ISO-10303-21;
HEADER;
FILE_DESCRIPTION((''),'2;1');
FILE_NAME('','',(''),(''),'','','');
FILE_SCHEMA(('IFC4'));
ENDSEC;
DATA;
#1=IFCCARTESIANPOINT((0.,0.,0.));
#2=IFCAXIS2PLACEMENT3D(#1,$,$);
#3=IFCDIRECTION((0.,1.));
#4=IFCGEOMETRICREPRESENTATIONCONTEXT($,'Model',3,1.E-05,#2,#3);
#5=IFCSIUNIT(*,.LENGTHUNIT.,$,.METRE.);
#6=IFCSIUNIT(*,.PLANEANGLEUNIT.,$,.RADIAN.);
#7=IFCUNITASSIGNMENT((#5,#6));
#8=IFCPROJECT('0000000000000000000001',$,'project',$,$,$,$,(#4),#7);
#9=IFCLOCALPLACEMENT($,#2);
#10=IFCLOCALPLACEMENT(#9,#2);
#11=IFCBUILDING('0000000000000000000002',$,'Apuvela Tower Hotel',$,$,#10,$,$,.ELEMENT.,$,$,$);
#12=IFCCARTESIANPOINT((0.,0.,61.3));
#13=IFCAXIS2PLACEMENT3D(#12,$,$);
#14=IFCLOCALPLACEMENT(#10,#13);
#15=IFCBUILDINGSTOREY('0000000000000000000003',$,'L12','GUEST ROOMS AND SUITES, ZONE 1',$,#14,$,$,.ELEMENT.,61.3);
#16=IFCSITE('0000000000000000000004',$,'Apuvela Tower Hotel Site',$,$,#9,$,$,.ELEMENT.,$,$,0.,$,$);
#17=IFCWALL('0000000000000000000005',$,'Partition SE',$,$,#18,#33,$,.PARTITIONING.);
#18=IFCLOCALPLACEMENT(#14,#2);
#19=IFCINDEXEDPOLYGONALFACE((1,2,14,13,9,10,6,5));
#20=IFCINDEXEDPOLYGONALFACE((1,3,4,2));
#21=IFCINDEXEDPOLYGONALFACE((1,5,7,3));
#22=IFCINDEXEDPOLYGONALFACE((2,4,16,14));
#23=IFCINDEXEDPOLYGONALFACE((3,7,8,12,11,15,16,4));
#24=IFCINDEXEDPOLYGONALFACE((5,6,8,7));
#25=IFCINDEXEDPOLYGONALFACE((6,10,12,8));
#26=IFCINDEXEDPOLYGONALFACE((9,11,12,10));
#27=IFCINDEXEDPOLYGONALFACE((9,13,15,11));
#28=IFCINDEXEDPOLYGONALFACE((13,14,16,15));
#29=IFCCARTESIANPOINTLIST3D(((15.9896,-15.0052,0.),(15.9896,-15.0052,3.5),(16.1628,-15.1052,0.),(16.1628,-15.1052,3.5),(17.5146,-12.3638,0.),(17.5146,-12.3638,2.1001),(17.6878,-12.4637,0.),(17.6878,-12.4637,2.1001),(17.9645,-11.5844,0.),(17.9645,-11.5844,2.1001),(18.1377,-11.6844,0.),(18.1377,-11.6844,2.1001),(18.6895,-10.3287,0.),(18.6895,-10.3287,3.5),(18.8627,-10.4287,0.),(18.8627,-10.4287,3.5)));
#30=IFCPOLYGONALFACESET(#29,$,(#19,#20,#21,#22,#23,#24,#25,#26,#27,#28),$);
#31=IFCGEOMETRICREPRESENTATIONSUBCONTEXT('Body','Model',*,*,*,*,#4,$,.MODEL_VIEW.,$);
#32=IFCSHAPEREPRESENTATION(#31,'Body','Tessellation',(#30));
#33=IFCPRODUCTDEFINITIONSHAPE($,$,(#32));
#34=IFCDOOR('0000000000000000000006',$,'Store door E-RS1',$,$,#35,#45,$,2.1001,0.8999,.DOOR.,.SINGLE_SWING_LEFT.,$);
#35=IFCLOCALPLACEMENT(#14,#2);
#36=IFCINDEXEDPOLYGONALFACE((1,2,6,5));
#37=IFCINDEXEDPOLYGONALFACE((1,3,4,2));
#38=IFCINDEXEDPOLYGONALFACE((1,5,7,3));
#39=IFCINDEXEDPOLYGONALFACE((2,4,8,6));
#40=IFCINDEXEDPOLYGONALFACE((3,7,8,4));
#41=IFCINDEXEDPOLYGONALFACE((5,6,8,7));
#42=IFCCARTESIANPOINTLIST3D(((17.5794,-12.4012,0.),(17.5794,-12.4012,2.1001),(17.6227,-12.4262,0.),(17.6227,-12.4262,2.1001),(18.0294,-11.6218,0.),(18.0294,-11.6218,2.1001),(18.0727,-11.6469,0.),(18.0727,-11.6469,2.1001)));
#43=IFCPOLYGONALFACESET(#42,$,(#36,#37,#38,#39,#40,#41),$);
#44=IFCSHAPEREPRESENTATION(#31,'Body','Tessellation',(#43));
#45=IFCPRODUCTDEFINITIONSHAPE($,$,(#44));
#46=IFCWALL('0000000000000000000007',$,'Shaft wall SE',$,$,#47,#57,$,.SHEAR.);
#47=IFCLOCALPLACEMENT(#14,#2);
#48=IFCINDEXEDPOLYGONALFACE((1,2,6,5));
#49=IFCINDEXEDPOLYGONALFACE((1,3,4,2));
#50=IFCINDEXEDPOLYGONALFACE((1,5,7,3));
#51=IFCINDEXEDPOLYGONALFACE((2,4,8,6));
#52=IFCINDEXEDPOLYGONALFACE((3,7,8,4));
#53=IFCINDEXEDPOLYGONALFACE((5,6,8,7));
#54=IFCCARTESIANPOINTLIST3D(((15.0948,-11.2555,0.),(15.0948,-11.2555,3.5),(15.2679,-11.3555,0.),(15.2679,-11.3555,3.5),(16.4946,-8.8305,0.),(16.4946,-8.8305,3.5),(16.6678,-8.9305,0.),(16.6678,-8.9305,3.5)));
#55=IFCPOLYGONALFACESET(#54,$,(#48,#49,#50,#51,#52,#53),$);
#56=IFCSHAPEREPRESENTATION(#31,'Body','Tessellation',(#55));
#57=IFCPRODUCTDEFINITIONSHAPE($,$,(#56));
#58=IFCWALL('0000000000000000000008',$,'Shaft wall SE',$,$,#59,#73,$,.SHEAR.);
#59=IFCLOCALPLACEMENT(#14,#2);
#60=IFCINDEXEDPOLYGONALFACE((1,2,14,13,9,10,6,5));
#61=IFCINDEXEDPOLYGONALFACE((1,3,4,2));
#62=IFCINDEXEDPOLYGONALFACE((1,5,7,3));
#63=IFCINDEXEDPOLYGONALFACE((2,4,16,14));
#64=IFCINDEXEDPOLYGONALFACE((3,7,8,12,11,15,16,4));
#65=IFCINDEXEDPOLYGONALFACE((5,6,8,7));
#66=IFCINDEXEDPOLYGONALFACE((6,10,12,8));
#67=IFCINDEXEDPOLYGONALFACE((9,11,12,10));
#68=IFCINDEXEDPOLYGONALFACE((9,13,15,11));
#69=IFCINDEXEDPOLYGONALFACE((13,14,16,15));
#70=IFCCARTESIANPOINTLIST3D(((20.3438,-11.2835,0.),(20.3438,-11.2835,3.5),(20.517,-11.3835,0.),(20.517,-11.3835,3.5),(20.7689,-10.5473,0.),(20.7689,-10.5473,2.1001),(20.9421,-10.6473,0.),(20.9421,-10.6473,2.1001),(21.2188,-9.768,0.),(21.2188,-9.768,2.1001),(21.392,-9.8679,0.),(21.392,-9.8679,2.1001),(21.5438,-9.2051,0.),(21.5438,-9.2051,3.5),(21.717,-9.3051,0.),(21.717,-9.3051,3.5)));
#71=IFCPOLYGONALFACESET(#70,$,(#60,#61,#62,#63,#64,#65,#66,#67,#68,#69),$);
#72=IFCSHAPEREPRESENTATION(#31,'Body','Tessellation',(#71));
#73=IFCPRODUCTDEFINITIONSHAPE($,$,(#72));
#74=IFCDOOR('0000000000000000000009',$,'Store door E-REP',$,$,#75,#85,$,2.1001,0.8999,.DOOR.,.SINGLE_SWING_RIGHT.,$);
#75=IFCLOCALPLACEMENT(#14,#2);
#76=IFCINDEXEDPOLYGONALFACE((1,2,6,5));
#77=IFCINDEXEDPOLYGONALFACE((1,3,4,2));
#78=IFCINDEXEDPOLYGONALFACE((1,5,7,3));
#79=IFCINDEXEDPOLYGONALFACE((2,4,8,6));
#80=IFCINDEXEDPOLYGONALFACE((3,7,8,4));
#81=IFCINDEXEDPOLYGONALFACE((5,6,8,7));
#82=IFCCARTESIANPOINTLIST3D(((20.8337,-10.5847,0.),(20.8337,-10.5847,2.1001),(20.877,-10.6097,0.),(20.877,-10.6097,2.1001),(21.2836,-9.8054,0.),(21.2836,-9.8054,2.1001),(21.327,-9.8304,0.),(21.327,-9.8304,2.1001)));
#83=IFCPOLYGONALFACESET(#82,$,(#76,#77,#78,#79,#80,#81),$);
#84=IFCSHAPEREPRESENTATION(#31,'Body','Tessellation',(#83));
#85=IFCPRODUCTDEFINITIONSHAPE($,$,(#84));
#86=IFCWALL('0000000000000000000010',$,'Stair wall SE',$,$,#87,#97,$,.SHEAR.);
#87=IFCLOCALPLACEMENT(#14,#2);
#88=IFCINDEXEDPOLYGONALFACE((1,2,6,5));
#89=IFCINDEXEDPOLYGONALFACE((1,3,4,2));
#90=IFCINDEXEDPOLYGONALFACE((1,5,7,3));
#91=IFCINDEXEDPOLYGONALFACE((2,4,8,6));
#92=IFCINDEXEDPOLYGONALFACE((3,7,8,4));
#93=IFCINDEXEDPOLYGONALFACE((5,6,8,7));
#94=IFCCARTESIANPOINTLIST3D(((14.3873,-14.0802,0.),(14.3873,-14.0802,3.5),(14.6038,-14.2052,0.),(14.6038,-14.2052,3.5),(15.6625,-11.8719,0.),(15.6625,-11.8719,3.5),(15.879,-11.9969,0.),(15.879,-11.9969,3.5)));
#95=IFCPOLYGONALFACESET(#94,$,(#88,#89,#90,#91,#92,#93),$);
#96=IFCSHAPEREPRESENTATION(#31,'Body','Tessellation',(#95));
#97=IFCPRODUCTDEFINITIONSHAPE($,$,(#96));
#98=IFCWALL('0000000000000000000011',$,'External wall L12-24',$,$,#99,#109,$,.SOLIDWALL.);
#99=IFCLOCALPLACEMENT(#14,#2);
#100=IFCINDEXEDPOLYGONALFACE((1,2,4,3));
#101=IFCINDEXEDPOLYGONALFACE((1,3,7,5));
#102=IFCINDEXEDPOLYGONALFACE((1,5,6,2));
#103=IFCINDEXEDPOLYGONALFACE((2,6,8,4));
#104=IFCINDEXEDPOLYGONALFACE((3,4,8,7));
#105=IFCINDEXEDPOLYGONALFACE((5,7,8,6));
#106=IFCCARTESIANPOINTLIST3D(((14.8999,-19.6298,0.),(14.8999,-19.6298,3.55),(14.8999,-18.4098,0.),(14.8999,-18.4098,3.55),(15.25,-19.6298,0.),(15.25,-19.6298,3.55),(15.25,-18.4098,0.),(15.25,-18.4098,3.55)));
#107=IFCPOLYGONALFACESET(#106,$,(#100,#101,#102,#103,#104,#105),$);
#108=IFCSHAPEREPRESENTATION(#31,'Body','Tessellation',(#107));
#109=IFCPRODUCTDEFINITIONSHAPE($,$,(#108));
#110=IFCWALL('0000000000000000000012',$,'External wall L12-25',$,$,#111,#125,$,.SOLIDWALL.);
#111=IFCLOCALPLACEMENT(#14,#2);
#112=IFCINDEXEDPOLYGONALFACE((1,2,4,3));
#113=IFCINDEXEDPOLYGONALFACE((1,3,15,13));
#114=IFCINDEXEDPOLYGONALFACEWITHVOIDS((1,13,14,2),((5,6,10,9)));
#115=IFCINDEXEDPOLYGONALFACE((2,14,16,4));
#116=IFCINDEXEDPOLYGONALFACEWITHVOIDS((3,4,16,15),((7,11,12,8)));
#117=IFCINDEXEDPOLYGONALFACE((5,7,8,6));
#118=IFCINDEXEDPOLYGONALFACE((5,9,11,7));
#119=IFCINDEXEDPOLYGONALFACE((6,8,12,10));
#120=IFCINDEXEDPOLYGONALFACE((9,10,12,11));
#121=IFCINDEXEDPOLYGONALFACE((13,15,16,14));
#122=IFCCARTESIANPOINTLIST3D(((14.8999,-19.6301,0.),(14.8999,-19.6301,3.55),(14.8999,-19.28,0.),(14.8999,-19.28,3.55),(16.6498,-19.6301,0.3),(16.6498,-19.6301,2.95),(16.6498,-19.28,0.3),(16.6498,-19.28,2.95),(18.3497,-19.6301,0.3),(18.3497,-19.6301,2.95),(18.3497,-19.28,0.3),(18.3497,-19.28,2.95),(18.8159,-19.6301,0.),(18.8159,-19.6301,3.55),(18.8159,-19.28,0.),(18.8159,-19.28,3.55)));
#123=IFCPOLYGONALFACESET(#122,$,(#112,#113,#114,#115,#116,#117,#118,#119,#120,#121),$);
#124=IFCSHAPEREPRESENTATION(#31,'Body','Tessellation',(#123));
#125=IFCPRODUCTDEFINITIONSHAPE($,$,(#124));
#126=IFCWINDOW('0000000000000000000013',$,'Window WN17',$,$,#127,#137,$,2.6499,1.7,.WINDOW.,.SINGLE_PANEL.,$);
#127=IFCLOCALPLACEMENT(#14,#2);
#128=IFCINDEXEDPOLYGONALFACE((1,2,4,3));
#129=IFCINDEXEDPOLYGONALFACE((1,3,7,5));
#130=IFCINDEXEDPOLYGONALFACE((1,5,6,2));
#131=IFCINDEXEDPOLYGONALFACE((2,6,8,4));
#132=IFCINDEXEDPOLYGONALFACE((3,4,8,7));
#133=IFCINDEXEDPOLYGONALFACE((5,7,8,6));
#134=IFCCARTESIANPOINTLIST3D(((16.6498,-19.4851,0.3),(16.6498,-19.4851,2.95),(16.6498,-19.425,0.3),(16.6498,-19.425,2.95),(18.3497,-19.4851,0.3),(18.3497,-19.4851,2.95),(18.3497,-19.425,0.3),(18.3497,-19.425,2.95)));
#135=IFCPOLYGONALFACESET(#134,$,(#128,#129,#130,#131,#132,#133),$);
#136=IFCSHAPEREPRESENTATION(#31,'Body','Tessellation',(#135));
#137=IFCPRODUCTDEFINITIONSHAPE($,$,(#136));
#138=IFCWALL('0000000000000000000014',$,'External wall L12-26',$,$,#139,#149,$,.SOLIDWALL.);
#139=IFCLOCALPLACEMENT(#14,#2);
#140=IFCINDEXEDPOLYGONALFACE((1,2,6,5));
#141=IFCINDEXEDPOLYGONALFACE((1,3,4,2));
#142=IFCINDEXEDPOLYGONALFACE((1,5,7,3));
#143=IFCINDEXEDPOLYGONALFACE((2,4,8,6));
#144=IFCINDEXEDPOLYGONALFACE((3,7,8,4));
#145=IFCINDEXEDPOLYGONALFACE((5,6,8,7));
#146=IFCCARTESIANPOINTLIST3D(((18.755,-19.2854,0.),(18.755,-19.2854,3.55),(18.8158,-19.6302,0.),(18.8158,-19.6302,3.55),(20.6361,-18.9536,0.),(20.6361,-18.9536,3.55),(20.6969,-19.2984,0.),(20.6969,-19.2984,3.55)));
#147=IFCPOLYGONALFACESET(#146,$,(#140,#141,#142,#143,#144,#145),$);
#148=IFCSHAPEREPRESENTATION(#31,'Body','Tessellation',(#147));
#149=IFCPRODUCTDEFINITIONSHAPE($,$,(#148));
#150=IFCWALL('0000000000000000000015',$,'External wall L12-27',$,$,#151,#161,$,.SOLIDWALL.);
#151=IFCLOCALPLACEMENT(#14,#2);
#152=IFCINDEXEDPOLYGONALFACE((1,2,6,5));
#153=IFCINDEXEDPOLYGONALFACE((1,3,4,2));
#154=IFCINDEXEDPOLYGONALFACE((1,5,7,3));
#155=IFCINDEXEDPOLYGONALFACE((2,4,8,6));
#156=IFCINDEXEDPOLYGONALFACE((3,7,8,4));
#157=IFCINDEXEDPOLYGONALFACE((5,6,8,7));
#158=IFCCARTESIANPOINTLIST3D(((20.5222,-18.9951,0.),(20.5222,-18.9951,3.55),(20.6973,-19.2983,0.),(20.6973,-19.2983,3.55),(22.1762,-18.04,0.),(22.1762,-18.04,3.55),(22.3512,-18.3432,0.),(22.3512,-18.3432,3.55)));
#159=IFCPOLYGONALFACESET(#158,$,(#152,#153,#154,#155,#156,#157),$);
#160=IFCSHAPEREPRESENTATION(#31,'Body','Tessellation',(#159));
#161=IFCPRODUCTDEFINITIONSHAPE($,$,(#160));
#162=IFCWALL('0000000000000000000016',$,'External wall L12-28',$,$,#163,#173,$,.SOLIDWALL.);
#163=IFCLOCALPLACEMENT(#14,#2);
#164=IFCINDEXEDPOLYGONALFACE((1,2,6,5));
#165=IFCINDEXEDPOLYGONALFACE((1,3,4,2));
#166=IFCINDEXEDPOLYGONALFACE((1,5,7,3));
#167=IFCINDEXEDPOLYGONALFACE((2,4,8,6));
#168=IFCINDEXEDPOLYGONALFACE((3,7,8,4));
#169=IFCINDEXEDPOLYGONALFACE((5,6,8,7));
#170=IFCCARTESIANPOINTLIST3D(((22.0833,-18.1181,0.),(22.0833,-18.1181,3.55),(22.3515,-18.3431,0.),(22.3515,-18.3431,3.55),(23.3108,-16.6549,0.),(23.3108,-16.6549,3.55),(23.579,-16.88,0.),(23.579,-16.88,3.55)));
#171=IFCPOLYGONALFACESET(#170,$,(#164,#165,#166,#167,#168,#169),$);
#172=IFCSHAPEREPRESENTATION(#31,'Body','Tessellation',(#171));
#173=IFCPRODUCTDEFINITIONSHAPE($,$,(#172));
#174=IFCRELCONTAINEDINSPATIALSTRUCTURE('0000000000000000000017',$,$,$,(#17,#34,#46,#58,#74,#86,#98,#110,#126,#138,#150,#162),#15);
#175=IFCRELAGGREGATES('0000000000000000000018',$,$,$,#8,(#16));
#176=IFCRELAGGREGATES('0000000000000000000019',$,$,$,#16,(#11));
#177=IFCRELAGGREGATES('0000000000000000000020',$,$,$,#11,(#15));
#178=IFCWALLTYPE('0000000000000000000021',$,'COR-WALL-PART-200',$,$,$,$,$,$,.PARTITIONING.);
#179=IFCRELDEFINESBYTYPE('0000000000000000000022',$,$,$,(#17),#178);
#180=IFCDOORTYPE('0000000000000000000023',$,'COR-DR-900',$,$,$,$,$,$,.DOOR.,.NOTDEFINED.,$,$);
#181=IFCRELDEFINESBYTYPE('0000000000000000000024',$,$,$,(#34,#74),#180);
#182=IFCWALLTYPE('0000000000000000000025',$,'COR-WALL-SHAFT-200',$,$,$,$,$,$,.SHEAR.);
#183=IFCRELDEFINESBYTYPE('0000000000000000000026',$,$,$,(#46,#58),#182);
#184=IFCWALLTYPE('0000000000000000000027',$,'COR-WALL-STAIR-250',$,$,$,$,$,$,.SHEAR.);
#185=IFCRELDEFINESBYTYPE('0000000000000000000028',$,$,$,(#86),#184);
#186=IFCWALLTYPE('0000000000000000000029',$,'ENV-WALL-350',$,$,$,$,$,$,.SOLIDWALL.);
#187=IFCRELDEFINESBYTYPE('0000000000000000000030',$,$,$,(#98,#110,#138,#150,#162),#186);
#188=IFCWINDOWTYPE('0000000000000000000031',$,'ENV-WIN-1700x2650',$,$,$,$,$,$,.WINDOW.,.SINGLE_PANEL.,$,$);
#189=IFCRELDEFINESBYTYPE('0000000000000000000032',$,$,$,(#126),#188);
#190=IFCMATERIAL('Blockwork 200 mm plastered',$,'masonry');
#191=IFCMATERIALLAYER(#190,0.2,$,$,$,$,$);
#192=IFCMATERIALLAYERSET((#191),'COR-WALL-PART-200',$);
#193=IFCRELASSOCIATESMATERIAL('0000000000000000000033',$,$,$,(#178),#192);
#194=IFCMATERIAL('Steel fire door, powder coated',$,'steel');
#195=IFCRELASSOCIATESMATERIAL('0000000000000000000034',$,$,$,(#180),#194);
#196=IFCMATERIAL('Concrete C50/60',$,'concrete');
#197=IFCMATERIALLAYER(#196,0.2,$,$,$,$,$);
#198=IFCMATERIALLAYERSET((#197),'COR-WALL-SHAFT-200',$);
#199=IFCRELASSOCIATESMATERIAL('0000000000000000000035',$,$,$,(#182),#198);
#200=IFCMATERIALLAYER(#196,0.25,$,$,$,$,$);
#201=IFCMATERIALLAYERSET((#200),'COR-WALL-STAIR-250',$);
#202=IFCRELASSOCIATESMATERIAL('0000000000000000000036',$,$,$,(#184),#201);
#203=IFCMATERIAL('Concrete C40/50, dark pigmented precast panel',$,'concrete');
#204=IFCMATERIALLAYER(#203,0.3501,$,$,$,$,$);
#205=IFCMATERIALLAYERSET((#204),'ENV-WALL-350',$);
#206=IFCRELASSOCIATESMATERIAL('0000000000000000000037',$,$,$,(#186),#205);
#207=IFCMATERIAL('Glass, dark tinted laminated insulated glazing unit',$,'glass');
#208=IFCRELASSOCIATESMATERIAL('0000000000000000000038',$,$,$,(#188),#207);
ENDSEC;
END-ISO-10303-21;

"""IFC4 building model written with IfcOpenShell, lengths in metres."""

from ifc_helpers import new_model, si_unit, direction, frame, frame_2d, origin, place, context, subcontext, project, spatial, rectangle, extrude, material, layer, layer_set, type_object, element, fill, save


model = new_model("IFC4")

# Units and contexts
model_context = context("Model", 3, precision=1e-05, world=origin(), true_north=direction((0.0, 1.0)))
body_context = subcontext(model_context, "Body", "Model", "MODEL_VIEW")
ifc_project = project(units=[si_unit("LENGTHUNIT", "METRE"), si_unit("PLANEANGLEUNIT", "RADIAN")], contexts=[model_context])

# Site, building, storey
site_placement = place(None, origin())
site = spatial("IfcSite", under=ifc_project, at=site_placement, Name="Apuvela Tower Hotel Site", CompositionType="ELEMENT", RefElevation=0.0)
building_placement = place(site_placement, origin())
building = spatial("IfcBuilding", under=site, at=building_placement, Name="Apuvela Tower Hotel", CompositionType="ELEMENT")
storey_placement = place(building_placement, frame((0.0, 0.0, 61.3)))
storey = spatial("IfcBuildingStorey", under=building, at=storey_placement, Name="L12", Description="GUEST ROOMS AND SUITES, ZONE 1", CompositionType="ELEMENT", Elevation=61.3)

# Wall, opening, door
ifc_material_1 = material(Name="Blockwork 200 mm plastered", Category="masonry")
ifc_layer_1 = layer(ifc_material_1, 0.2)
ifc_layer_set_1 = layer_set([ifc_layer_1], Name="COR-WALL-PART-200")
wall_type_1 = type_object("IfcWallType", Name="COR-WALL-PART-200", PredefinedType="PARTITIONING", material=ifc_layer_set_1)
wall_1_placement = place(storey_placement, frame((16.0762, -15.0552, 0.0), z_axis=(0.0, 0.0, 1.0), x_axis=(0.499995, 0.866028, 0.0)))
wall_1 = element("IfcWall", 1, at=wall_1_placement, inside=storey, type_object=wall_type_1, Name="Partition SE", PredefinedType="PARTITIONING", context=body_context, shape_type="SweptSolid", body=[
    extrude(rectangle(XDim=5.3999, YDim=0.2, at=frame_2d((2.7, 0.0))), origin(), (0.0, 0.0, 1.0), 3.5),
])
opening_1_placement = place(wall_1_placement, frame((3.05, 0.0, 0.0)))
opening_1 = element("IfcOpeningElement", 2, at=opening_1_placement, cuts=wall_1, PredefinedType="OPENING", context=body_context, shape_type="SweptSolid", body=[
    extrude(rectangle(XDim=0.8999, YDim=2.1001, at=frame_2d((0.45, 1.05))), frame((0.0, 0.1099, 0.0), z_axis=(0.0, -1.0, 0.0), x_axis=(1.0, 0.0, 0.0)), (0.0, 0.0, 1.0), 0.22),
])
ifc_material_2 = material(Name="Steel fire door, powder coated", Category="steel")
door_type_1 = type_object("IfcDoorType", Name="COR-DR-900", OperationType="NOTDEFINED", PredefinedType="DOOR", material=ifc_material_2)
door_1_placement = place(opening_1_placement, frame((0.8999, 0.0, 0.0), z_axis=(0.0, 0.0, 1.0), x_axis=(-1.0, 0.0, 0.0)))
door_1 = element("IfcDoor", 3, at=door_1_placement, inside=storey, type_object=door_type_1, Name="Store door E-RS1", OperationType="SINGLE_SWING_LEFT", OverallHeight=2.1001, OverallWidth=0.8999, PredefinedType="DOOR", context=body_context, shape_type="SweptSolid", body=[
    extrude(rectangle(XDim=0.8999, YDim=2.1001, at=frame_2d((0.45, 1.05))), frame((0.0, 0.0249, 0.0), z_axis=(0.0, -1.0, 0.0), x_axis=(1.0, 0.0, 0.0)), (0.0, 0.0, 1.0), 0.05),
])
fill(opening_1, door_1)

# Wall
ifc_material_3 = material(Name="Concrete C50/60", Category="concrete")
ifc_layer_2 = layer(ifc_material_3, 0.2)
ifc_layer_set_2 = layer_set([ifc_layer_2], Name="COR-WALL-SHAFT-200")
wall_type_2 = type_object("IfcWallType", Name="COR-WALL-SHAFT-200", PredefinedType="SHEAR", material=ifc_layer_set_2)
wall_2_placement = place(storey_placement, frame((15.1814, -11.3054, 0.0), z_axis=(0.0, 0.0, 1.0), x_axis=(0.499946, 0.866056, 0.0)))
element("IfcWall", 4, at=wall_2_placement, inside=storey, type_object=wall_type_2, Name="Shaft wall SE", PredefinedType="SHEAR", context=body_context, shape_type="SweptSolid", body=[
    extrude(rectangle(XDim=2.8, YDim=0.2, at=frame_2d((1.3999, 0.0))), origin(), (0.0, 0.0, 1.0), 3.5),
])

# Wall, opening, door
wall_3_placement = place(storey_placement, frame((20.4304, -11.3335, 0.0), z_axis=(0.0, 0.0, 1.0), x_axis=(0.500001, 0.866025, 0.0)))
wall_3 = element("IfcWall", 5, at=wall_3_placement, inside=storey, type_object=wall_type_2, Name="Shaft wall SE", PredefinedType="SHEAR", context=body_context, shape_type="SweptSolid", body=[
    extrude(rectangle(XDim=2.3999, YDim=0.2, at=frame_2d((1.2, 0.0))), origin(), (0.0, 0.0, 1.0), 3.5),
])
opening_2_placement = place(wall_3_placement, frame((0.8501, 0.0, 0.0)))
opening_2 = element("IfcOpeningElement", 6, at=opening_2_placement, cuts=wall_3, PredefinedType="OPENING", context=body_context, shape_type="SweptSolid", body=[
    extrude(rectangle(XDim=0.8999, YDim=2.1001, at=frame_2d((0.45, 1.05))), frame((0.0, 0.1099, 0.0), z_axis=(0.0, -1.0, 0.0), x_axis=(1.0, 0.0, 0.0)), (0.0, 0.0, 1.0), 0.22),
])
door_2_placement = place(opening_2_placement, frame((0.8999, 0.0, 0.0), z_axis=(0.0, 0.0, 1.0), x_axis=(-1.0, 0.0, 0.0)))
door_2 = element("IfcDoor", 7, at=door_2_placement, inside=storey, type_object=door_type_1, Name="Store door E-REP", OperationType="SINGLE_SWING_RIGHT", OverallHeight=2.1001, OverallWidth=0.8999, PredefinedType="DOOR", context=body_context, shape_type="SweptSolid", body=[
    extrude(rectangle(XDim=0.8999, YDim=2.1001, at=frame_2d((0.45, 1.05))), frame((0.0, 0.0249, 0.0), z_axis=(0.0, -1.0, 0.0), x_axis=(1.0, 0.0, 0.0)), (0.0, 0.0, 1.0), 0.05),
])
fill(opening_2, door_2)

# Walls
ifc_layer_3 = layer(ifc_material_3, 0.25)
ifc_layer_set_3 = layer_set([ifc_layer_3], Name="COR-WALL-STAIR-250")
wall_type_3 = type_object("IfcWallType", Name="COR-WALL-STAIR-250", PredefinedType="SHEAR", material=ifc_layer_set_3)
wall_4_placement = place(storey_placement, frame((14.4956, -14.1426, 0.0), z_axis=(0.0, 0.0, 1.0), x_axis=(0.500062, 0.865989, 0.0)))
element("IfcWall", 8, at=wall_4_placement, inside=storey, type_object=wall_type_3, Name="Stair wall SE", PredefinedType="SHEAR", context=body_context, shape_type="SweptSolid", body=[
    extrude(rectangle(XDim=2.55, YDim=0.25, at=frame_2d((1.2749, 0.0))), origin(), (0.0, 0.0, 1.0), 3.5),
])
ifc_material_4 = material(Name="Concrete C40/50, dark pigmented precast panel", Category="concrete")
ifc_layer_4 = layer(ifc_material_4, 0.3501)
ifc_layer_set_4 = layer_set([ifc_layer_4], Name="ENV-WALL-350")
wall_type_4 = type_object("IfcWallType", Name="ENV-WALL-350", PredefinedType="SOLIDWALL", material=ifc_layer_set_4)
wall_5_placement = place(storey_placement, frame((15.075, -18.4099, 0.0), z_axis=(0.0, 0.0, 1.0), x_axis=(0.0, -1.0, 0.0)))
element("IfcWall", 9, at=wall_5_placement, inside=storey, type_object=wall_type_4, Name="External wall L12-24", PredefinedType="SOLIDWALL", context=body_context, shape_type="SweptSolid", body=[
    extrude(rectangle(XDim=1.22, YDim=0.3501, at=frame_2d((0.6099, 0.0))), origin(), (0.0, 0.0, 1.0), 3.55),
])

# Wall, opening, window
wall_6_placement = place(storey_placement, frame((14.8999, -19.4551, 0.0), z_axis=(0.0, 0.0, 1.0), x_axis=(1.0, 0.0, 0.0)))
wall_6 = element("IfcWall", 10, at=wall_6_placement, inside=storey, type_object=wall_type_4, Name="External wall L12-25", PredefinedType="SOLIDWALL", context=body_context, shape_type="SweptSolid", body=[
    extrude(rectangle(XDim=3.916, YDim=0.3501, at=frame_2d((1.958, 0.0))), origin(), (0.0, 0.0, 1.0), 3.55),
])
opening_3_placement = place(wall_6_placement, frame((1.7498, 0.0, 0.3)))
opening_3 = element("IfcOpeningElement", 11, at=opening_3_placement, cuts=wall_6, PredefinedType="OPENING", context=body_context, shape_type="SweptSolid", body=[
    extrude(rectangle(XDim=1.7, YDim=2.6499, at=frame_2d((0.8501, 1.325))), frame((0.0, 0.1851, 0.0), z_axis=(0.0, -1.0, 0.0), x_axis=(1.0, 0.0, 0.0)), (0.0, 0.0, 1.0), 0.3701),
])
ifc_material_5 = material(Name="Glass, dark tinted laminated insulated glazing unit", Category="glass")
window_type = type_object("IfcWindowType", Name="ENV-WIN-1700x2650", PartitioningType="SINGLE_PANEL", PredefinedType="WINDOW", material=ifc_material_5)
window_placement = place(opening_3_placement, origin())
window = element("IfcWindow", 12, at=window_placement, inside=storey, type_object=window_type, Name="Window WN17", OverallHeight=2.6499, OverallWidth=1.7, PartitioningType="SINGLE_PANEL", PredefinedType="WINDOW", context=body_context, shape_type="SweptSolid", body=[
    extrude(rectangle(XDim=1.7, YDim=2.6499, at=frame_2d((0.8501, 1.325))), frame((0.0, 0.03, 0.0), z_axis=(0.0, -1.0, 0.0), x_axis=(1.0, 0.0, 0.0)), (0.0, 0.0, 1.0), 0.0601),
])
fill(opening_3, window)

# Walls
wall_7_placement = place(storey_placement, frame((18.7854, -19.4578, 0.0), z_axis=(0.0, 0.0, 1.0), x_axis=(0.984799, 0.173698, 0.0)))
element("IfcWall", 13, at=wall_7_placement, inside=storey, type_object=wall_type_4, Name="External wall L12-26", PredefinedType="SOLIDWALL", context=body_context, shape_type="SweptSolid", body=[
    extrude(rectangle(XDim=1.9102, YDim=0.3501, at=frame_2d((0.9551, 0.0))), origin(), (0.0, 0.0, 1.0), 3.55),
])
for number, where, z_axis, x_axis, name in (
    (14, (20.6096, -19.1467, 0.0), (0.0, 0.0, 1.0), (0.866, 0.500043, 0.0), "External wall L12-27"),
    (15, (22.2173, -18.2307, 0.0), (0.0, 0.0, 1.0), (0.642733, 0.76609, 0.0), "External wall L12-28"),
):
    element("IfcWall", number, at=place(storey_placement, frame(where, z_axis=z_axis, x_axis=x_axis)), inside=storey, type_object=wall_type_4, Name=name, PredefinedType="SOLIDWALL", context=body_context, shape_type="SweptSolid", body=[
        extrude(rectangle(XDim=1.9099, YDim=0.3501, at=frame_2d((0.9551, 0.0))), origin(), (0.0, 0.0, 1.0), 3.55),
    ])

save(model, "model.ifc")
